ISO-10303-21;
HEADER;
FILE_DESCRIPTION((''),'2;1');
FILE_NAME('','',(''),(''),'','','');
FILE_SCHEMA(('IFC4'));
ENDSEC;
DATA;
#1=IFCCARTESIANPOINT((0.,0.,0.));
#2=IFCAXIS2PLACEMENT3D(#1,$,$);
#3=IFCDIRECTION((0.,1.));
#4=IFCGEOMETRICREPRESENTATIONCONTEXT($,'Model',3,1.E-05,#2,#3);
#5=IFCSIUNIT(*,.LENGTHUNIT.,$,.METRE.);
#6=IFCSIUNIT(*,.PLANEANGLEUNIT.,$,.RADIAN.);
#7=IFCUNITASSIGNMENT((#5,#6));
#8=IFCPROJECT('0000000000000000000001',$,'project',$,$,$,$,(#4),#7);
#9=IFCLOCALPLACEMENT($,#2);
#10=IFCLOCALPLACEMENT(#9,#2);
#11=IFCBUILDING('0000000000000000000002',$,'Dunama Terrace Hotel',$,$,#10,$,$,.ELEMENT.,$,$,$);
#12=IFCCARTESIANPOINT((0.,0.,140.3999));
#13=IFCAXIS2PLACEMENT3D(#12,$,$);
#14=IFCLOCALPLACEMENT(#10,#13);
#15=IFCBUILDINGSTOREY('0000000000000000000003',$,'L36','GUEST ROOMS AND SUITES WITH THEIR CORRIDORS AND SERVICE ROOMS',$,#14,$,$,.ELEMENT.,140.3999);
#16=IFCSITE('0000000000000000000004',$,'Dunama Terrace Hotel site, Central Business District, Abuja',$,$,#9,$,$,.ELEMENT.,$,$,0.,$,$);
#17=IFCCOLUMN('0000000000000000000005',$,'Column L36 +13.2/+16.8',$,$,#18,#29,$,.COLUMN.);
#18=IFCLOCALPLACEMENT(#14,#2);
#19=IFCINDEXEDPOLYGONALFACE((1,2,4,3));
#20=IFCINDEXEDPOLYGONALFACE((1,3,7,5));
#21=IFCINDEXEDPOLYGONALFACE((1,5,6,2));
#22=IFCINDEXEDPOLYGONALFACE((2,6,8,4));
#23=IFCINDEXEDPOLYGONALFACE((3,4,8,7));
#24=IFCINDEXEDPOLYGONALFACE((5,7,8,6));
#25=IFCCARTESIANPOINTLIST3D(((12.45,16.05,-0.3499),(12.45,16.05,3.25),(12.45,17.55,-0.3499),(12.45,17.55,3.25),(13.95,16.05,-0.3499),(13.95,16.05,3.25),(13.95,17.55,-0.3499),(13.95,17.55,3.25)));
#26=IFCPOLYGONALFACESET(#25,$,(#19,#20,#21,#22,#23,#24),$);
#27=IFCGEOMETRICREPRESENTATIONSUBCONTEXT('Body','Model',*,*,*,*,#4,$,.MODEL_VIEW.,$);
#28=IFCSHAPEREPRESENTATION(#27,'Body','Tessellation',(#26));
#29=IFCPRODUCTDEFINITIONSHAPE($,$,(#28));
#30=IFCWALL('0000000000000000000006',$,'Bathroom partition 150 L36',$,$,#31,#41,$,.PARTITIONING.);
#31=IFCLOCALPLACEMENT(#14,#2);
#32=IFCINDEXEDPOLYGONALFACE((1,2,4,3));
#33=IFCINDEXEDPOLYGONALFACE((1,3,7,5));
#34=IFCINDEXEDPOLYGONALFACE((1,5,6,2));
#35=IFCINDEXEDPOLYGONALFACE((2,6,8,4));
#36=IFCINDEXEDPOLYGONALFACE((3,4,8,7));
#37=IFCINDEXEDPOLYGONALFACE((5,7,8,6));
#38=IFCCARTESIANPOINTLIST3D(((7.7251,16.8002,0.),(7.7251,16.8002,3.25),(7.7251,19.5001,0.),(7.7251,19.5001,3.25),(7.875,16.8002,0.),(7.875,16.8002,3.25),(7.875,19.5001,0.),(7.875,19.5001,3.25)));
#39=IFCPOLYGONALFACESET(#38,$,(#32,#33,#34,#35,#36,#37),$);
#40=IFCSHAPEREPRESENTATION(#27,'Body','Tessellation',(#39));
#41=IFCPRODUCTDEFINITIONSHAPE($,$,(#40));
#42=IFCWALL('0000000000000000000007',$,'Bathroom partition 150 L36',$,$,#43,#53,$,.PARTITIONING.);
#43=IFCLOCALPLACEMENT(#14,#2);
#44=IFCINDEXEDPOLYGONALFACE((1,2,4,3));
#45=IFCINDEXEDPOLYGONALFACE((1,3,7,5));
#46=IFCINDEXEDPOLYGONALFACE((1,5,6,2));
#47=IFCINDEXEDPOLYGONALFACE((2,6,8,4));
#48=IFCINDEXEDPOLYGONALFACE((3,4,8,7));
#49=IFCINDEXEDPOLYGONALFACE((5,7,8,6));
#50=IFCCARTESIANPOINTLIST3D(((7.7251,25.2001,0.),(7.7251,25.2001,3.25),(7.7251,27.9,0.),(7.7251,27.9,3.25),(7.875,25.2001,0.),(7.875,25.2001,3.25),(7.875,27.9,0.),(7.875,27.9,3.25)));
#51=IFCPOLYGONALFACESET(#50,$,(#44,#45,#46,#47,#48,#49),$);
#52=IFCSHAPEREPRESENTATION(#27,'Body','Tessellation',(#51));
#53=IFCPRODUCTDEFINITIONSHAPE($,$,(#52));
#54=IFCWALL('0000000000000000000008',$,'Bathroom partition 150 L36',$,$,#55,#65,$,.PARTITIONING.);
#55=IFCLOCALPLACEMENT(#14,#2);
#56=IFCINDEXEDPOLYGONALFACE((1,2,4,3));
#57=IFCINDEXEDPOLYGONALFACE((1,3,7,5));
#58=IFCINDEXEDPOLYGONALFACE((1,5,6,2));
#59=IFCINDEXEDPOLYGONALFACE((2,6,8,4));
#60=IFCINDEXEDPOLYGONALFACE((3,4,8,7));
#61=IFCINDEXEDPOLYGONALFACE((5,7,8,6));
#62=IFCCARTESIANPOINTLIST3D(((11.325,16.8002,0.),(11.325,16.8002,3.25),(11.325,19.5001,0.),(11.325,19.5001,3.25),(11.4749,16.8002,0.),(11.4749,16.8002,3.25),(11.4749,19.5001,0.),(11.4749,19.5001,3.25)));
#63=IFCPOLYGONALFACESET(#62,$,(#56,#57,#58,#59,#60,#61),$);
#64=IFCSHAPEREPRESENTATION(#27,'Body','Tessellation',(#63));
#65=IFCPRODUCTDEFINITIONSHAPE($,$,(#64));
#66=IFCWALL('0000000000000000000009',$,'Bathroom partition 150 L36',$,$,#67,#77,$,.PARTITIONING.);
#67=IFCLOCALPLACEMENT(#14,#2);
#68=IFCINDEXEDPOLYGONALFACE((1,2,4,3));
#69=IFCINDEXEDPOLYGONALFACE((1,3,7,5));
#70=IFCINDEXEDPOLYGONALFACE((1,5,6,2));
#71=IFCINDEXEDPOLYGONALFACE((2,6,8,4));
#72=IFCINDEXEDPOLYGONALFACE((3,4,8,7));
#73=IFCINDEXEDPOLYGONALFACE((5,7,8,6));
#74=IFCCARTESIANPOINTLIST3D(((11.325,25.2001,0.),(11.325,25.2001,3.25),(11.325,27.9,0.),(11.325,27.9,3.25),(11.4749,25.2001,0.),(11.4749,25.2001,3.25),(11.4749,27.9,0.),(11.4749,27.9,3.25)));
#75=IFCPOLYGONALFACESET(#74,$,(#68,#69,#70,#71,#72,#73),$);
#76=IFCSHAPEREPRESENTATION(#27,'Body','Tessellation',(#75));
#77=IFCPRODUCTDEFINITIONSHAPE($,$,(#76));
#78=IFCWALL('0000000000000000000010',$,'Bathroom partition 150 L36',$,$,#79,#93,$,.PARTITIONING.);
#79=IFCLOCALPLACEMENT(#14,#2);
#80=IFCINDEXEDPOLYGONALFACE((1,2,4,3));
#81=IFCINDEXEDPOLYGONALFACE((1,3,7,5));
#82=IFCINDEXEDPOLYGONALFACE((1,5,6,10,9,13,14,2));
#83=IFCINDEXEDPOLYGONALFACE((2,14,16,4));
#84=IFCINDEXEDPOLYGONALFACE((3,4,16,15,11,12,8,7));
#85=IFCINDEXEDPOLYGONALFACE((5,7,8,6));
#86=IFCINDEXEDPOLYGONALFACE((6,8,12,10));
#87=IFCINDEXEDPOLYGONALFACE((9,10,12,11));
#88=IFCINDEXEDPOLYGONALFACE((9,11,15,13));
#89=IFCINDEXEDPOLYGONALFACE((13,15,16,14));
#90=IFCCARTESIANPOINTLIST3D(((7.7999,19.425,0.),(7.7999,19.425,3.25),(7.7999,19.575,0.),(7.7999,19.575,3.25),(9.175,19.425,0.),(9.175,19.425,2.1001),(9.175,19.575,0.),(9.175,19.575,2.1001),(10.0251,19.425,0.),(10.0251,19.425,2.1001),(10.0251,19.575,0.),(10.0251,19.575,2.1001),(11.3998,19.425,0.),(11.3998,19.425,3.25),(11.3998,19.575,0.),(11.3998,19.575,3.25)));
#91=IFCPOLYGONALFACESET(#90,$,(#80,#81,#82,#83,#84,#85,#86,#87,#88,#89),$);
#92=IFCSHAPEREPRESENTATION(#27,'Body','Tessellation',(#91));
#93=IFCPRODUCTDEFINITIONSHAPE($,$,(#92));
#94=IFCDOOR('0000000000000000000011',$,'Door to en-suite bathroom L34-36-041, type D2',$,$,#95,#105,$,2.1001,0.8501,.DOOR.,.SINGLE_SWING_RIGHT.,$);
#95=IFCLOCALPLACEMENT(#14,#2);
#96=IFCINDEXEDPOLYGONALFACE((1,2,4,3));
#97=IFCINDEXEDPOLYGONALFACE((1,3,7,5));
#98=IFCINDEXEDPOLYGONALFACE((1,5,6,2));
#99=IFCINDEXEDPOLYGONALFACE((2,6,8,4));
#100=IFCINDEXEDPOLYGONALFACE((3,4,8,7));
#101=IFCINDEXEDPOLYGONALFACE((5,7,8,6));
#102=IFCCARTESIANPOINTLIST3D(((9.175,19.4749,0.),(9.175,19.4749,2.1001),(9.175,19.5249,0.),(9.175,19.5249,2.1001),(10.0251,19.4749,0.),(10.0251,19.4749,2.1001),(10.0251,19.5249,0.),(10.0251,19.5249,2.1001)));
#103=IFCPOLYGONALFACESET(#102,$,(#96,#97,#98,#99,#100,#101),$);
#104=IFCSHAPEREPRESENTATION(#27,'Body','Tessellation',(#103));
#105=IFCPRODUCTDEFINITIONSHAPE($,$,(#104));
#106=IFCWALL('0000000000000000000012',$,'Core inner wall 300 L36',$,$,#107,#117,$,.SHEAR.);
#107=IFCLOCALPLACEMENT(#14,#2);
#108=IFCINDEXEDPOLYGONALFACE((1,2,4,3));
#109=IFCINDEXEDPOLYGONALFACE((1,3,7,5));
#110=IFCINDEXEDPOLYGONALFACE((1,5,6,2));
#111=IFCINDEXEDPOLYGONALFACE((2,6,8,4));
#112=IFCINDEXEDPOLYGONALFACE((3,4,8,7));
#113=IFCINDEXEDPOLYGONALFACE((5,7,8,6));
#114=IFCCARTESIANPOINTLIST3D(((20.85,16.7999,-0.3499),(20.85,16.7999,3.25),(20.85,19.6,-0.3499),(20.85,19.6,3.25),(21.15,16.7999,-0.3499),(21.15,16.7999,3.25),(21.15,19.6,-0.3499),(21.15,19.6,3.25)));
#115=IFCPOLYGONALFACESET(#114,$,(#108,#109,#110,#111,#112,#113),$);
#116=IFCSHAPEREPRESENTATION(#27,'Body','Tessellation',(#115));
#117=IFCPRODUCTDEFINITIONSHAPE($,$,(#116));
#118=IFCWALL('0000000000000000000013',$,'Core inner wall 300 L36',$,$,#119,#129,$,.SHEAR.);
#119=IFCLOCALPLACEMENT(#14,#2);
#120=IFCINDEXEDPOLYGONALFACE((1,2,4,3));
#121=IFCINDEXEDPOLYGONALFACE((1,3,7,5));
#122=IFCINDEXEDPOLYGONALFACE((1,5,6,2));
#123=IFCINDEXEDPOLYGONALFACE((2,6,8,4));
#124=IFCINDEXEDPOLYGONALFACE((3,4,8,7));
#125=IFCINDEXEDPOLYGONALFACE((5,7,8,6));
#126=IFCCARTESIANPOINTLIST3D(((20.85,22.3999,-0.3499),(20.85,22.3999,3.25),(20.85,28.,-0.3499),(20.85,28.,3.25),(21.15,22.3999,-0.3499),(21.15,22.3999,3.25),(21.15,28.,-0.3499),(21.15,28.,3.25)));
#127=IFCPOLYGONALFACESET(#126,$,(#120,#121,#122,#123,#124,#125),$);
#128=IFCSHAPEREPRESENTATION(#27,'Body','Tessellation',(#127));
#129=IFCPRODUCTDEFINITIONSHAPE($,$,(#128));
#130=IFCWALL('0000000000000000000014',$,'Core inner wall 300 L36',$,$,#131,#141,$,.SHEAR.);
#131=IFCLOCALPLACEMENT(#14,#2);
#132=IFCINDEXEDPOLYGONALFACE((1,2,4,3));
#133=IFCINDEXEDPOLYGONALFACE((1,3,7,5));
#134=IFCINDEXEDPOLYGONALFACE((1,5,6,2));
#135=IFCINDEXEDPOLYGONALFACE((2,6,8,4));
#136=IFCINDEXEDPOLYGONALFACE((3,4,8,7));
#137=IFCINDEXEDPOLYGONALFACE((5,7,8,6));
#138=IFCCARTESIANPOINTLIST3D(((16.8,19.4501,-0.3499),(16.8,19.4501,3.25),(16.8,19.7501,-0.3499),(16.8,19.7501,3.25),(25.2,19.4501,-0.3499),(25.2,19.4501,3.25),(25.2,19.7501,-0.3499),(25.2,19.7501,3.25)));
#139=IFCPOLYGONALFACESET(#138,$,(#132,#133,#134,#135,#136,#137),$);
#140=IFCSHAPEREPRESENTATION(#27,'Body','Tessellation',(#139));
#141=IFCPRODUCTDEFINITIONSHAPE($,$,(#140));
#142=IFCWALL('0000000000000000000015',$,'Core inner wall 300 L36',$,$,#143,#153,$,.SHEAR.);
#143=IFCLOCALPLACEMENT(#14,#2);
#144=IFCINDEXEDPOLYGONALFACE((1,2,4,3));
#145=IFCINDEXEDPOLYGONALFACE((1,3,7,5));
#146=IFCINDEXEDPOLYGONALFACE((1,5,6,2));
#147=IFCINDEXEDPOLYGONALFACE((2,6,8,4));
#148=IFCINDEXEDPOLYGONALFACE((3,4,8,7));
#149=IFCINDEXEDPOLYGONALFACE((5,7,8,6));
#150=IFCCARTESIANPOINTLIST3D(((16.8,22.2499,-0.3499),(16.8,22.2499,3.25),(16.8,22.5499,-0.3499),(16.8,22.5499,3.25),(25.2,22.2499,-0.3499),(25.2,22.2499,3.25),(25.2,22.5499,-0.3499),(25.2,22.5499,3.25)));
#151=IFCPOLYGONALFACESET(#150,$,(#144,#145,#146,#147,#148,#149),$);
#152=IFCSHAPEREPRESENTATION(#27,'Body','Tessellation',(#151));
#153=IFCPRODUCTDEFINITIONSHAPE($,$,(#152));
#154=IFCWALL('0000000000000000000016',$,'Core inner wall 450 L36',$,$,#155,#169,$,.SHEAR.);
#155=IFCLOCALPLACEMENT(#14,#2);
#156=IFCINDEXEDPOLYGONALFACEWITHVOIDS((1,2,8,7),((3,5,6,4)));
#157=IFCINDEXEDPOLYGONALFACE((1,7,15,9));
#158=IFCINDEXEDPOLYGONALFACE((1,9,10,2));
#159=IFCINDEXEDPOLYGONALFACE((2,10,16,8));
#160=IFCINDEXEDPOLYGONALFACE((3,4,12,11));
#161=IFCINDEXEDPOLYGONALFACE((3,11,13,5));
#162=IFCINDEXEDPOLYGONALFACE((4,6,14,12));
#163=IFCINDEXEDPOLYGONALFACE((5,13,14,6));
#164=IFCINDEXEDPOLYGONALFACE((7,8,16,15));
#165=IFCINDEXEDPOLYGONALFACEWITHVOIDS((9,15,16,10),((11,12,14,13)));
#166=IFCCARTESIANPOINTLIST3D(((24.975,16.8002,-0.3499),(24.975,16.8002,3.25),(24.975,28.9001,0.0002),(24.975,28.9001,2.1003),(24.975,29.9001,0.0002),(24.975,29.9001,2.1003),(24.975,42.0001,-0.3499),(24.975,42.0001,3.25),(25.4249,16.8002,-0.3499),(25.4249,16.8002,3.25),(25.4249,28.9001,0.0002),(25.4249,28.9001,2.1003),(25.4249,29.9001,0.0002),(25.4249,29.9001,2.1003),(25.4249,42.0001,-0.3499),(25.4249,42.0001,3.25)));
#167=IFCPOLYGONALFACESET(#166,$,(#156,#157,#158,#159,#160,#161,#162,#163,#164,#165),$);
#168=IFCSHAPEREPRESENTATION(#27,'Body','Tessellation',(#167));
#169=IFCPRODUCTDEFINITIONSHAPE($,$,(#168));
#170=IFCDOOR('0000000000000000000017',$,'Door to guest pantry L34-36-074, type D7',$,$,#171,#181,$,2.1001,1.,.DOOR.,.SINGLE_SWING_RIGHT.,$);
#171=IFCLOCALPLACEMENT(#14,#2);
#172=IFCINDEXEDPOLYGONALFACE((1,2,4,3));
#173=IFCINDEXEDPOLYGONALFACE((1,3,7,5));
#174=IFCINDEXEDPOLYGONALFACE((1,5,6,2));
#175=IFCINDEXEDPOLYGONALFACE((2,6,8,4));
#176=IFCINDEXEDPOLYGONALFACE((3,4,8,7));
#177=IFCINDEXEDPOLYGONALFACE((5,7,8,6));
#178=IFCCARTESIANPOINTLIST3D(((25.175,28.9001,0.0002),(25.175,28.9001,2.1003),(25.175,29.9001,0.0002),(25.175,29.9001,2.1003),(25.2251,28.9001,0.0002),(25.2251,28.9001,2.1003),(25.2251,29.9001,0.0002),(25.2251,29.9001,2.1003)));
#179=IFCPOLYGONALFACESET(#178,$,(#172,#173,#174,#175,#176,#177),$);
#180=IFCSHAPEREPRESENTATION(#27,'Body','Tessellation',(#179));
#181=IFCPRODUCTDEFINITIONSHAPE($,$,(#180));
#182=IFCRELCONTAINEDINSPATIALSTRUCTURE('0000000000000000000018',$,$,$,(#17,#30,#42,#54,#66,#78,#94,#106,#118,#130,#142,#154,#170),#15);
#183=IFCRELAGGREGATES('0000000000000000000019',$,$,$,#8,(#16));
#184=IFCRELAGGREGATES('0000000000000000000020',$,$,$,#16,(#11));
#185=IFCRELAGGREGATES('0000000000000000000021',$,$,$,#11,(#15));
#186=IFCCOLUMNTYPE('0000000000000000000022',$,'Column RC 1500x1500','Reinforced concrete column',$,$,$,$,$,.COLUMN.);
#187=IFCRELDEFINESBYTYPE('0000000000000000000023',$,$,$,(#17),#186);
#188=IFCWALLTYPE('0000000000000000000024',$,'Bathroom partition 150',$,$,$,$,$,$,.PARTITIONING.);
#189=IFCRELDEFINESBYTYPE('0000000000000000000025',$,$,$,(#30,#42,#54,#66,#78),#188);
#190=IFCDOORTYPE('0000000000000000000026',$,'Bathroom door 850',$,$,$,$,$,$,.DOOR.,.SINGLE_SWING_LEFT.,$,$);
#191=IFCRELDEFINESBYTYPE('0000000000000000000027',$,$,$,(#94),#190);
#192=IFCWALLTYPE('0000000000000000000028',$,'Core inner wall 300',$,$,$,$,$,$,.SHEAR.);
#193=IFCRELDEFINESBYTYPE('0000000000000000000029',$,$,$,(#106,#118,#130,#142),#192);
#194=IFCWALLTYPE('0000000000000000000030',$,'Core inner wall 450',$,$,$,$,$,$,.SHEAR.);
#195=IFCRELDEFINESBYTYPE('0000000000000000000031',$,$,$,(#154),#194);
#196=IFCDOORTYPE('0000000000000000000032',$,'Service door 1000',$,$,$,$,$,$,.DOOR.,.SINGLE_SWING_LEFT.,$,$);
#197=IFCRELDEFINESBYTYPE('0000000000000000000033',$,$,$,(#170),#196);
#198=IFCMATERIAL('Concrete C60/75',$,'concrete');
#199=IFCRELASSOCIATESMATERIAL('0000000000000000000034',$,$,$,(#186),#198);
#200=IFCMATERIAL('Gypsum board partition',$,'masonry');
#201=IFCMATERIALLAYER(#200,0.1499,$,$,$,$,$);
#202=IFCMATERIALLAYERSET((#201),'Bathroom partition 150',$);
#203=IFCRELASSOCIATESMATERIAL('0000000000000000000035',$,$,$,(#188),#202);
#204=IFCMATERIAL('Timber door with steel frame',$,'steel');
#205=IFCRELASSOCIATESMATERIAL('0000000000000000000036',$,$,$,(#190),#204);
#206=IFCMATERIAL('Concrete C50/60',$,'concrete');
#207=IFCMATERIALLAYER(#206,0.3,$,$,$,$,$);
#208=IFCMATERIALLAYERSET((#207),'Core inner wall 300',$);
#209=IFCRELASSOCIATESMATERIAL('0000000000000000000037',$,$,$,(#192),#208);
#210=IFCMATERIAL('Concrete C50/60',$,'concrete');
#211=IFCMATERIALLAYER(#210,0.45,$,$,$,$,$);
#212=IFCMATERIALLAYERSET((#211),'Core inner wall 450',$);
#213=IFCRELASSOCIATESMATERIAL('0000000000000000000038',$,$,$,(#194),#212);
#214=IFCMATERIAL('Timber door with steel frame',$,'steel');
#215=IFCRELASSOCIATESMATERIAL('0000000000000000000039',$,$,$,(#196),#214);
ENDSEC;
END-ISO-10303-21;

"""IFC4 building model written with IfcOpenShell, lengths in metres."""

from ifc_helpers import new_model, si_unit, direction, frame, frame_2d, origin, origin_2d, place, context, subcontext, project, spatial, rectangle, extrude, material, layer, layer_set, material_profile, profile_set, type_object, element, fill, save


model = new_model("IFC4")

# Units and contexts
model_context = context("Model", 3, precision=1e-05, world=origin(), true_north=direction((0.0, 1.0)))
body_context = subcontext(model_context, "Body", "Model", "MODEL_VIEW")
ifc_project = project(units=[si_unit("LENGTHUNIT", "METRE"), si_unit("PLANEANGLEUNIT", "RADIAN")], contexts=[model_context])

# Site, building, storey
site_placement = place(None, origin())
site = spatial("IfcSite", under=ifc_project, at=site_placement, Name="Dunama Terrace Hotel site, Central Business District, Abuja", CompositionType="ELEMENT", RefElevation=0.0)
building_placement = place(site_placement, origin())
building = spatial("IfcBuilding", under=site, at=building_placement, Name="Dunama Terrace Hotel", CompositionType="ELEMENT")
storey_placement = place(building_placement, frame((0.0, 0.0, 140.3999)))
storey = spatial("IfcBuildingStorey", under=building, at=storey_placement, Name="L36", Description="GUEST ROOMS AND SUITES WITH THEIR CORRIDORS AND SERVICE ROOMS", CompositionType="ELEMENT", Elevation=140.3999)

# Column
ifc_material_1 = material(Name="Concrete C60/75", Category="concrete")
ifc_material_profile = material_profile(ifc_material_1, rectangle(XDim=1.5, YDim=1.5, at=origin_2d()), Name="RC 1500x1500")
ifc_profile_set = profile_set([ifc_material_profile], Name="Concrete C60/75")
column_type = type_object("IfcColumnType", Name="Column RC 1500x1500", Description="Reinforced concrete column", PredefinedType="COLUMN", material=ifc_profile_set)
column_placement = place(storey_placement, frame((13.2, 16.8, -0.3499), z_axis=(0.0, 0.0, 1.0), x_axis=(1.0, 0.0, 0.0)))
element("IfcColumn", 1, at=column_placement, inside=storey, type_object=column_type, Name="Column L36 +13.2/+16.8", PredefinedType="COLUMN", context=body_context, shape_type="SweptSolid", body=[
    extrude(rectangle(XDim=1.5, YDim=1.5, at=origin_2d()), origin(), (0.0, 0.0, 1.0), 3.5999),
])

# Walls
ifc_material_2 = material(Name="Gypsum board partition", Category="masonry")
ifc_layer_1 = layer(ifc_material_2, 0.1499)
ifc_layer_set_1 = layer_set([ifc_layer_1], Name="Bathroom partition 150")
wall_type_1 = type_object("IfcWallType", Name="Bathroom partition 150", PredefinedType="PARTITIONING", material=ifc_layer_set_1)
for number, where, z_axis, x_axis, name in (
    (2, (7.8, 16.8, 0.0), (0.0, 0.0, 1.0), (0.0, 1.0, 0.0), "Bathroom partition 150 L36"),
    (3, (7.8, 25.2, 0.0), (0.0, 0.0, 1.0), (0.0, 1.0, 0.0), "Bathroom partition 150 L36"),
    (4, (11.3999, 16.8, 0.0), (0.0, 0.0, 1.0), (0.0, 1.0, 0.0), "Bathroom partition 150 L36"),
    (5, (11.3999, 25.2, 0.0), (0.0, 0.0, 1.0), (0.0, 1.0, 0.0), "Bathroom partition 150 L36"),
):
    element("IfcWall", number, at=place(storey_placement, frame(where, z_axis=z_axis, x_axis=x_axis)), inside=storey, type_object=wall_type_1, Name=name, PredefinedType="PARTITIONING", context=body_context, shape_type="SweptSolid", body=[
        extrude(rectangle(XDim=2.7, YDim=0.1499, at=frame_2d((1.3501, 0.0))), origin(), (0.0, 0.0, 1.0), 3.25),
    ])

# Wall, opening, door
wall_1_placement = place(storey_placement, frame((7.8, 19.5, 0.0), z_axis=(0.0, 0.0, 1.0), x_axis=(1.0, 0.0, 0.0)))
wall_1 = element("IfcWall", 6, at=wall_1_placement, inside=storey, type_object=wall_type_1, Name="Bathroom partition 150 L36", PredefinedType="PARTITIONING", context=body_context, shape_type="SweptSolid", body=[
    extrude(rectangle(XDim=3.5999, YDim=0.1499, at=frame_2d((1.7998, 0.0))), origin(), (0.0, 0.0, 1.0), 3.25),
])
opening_1_placement = place(wall_1_placement, frame((1.375, 0.0, 0.0)))
opening_1 = element("IfcOpeningElement", 7, at=opening_1_placement, cuts=wall_1, PredefinedType="OPENING", context=body_context, shape_type="SweptSolid", body=[
    extrude(rectangle(XDim=0.8501, YDim=2.1001, at=frame_2d((0.425, 1.05))), frame((0.0, 0.085, 0.0), z_axis=(0.0, -1.0, 0.0), x_axis=(1.0, 0.0, 0.0)), (0.0, 0.0, 1.0), 0.1699),
])
ifc_material_3 = material(Name="Timber door with steel frame", Category="steel")
door_type_1 = type_object("IfcDoorType", Name="Bathroom door 850", OperationType="SINGLE_SWING_LEFT", PredefinedType="DOOR", material=ifc_material_3)
door_1_placement = place(opening_1_placement, frame((0.8501, 0.0, 0.0), z_axis=(0.0, 0.0, 1.0), x_axis=(-1.0, 0.0, 0.0)))
door_1 = element("IfcDoor", 8, at=door_1_placement, inside=storey, type_object=door_type_1, Name="Door to en-suite bathroom L34-36-041, type D2", OperationType="SINGLE_SWING_RIGHT", OverallHeight=2.1001, OverallWidth=0.8501, PredefinedType="DOOR", context=body_context, shape_type="SweptSolid", body=[
    extrude(rectangle(XDim=0.8501, YDim=2.1001, at=frame_2d((0.425, 1.05))), frame((0.0, 0.0251, 0.0), z_axis=(0.0, -1.0, 0.0), x_axis=(1.0, 0.0, 0.0)), (0.0, 0.0, 1.0), 0.05),
])
fill(opening_1, door_1)

# Walls
ifc_material_4 = material(Name="Concrete C50/60", Category="concrete")
ifc_layer_2 = layer(ifc_material_4, 0.3)
ifc_layer_set_2 = layer_set([ifc_layer_2], Name="Core inner wall 300")
wall_type_2 = type_object("IfcWallType", Name="Core inner wall 300", PredefinedType="SHEAR", material=ifc_layer_set_2)
wall_2_placement = place(storey_placement, frame((21.0, 16.8, -0.3499), z_axis=(0.0, 0.0, 1.0), x_axis=(0.0, 1.0, 0.0)))
element("IfcWall", 9, at=wall_2_placement, inside=storey, type_object=wall_type_2, Name="Core inner wall 300 L36", PredefinedType="SHEAR", context=body_context, shape_type="SweptSolid", body=[
    extrude(rectangle(XDim=2.8, YDim=0.3, at=frame_2d((1.3999, 0.0))), origin(), (0.0, 0.0, 1.0), 3.5999),
])
wall_3_placement = place(storey_placement, frame((21.0, 22.3999, -0.3499), z_axis=(0.0, 0.0, 1.0), x_axis=(0.0, 1.0, 0.0)))
element("IfcWall", 10, at=wall_3_placement, inside=storey, type_object=wall_type_2, Name="Core inner wall 300 L36", PredefinedType="SHEAR", context=body_context, shape_type="SweptSolid", body=[
    extrude(rectangle(XDim=5.6001, YDim=0.3, at=frame_2d((2.8, 0.0))), origin(), (0.0, 0.0, 1.0), 3.5999),
])
for number, where, z_axis, x_axis, name in (
    (11, (16.8, 19.6001, -0.3499), (0.0, 0.0, 1.0), (1.0, 0.0, 0.0), "Core inner wall 300 L36"),
    (12, (16.8, 22.3999, -0.3499), (0.0, 0.0, 1.0), (1.0, 0.0, 0.0), "Core inner wall 300 L36"),
):
    element("IfcWall", number, at=place(storey_placement, frame(where, z_axis=z_axis, x_axis=x_axis)), inside=storey, type_object=wall_type_2, Name=name, PredefinedType="SHEAR", context=body_context, shape_type="SweptSolid", body=[
        extrude(rectangle(XDim=8.3999, YDim=0.3, at=frame_2d((4.2, 0.0))), origin(), (0.0, 0.0, 1.0), 3.5999),
    ])

# Wall, opening, door
ifc_material_5 = material(Name="Concrete C50/60", Category="concrete")
ifc_layer_3 = layer(ifc_material_5, 0.45)
ifc_layer_set_3 = layer_set([ifc_layer_3], Name="Core inner wall 450")
wall_type_3 = type_object("IfcWallType", Name="Core inner wall 450", PredefinedType="SHEAR", material=ifc_layer_set_3)
wall_4_placement = place(storey_placement, frame((25.2, 16.8, -0.3499), z_axis=(0.0, 0.0, 1.0), x_axis=(0.0, 1.0, 0.0)))
wall_4 = element("IfcWall", 13, at=wall_4_placement, inside=storey, type_object=wall_type_3, Name="Core inner wall 450 L36", PredefinedType="SHEAR", context=body_context, shape_type="SweptSolid", body=[
    extrude(rectangle(XDim=25.2, YDim=0.45, at=frame_2d((12.6001, 0.0))), origin(), (0.0, 0.0, 1.0), 3.5999),
])
opening_2_placement = place(wall_4_placement, frame((12.1001, 0.0, 0.3501)))
opening_2 = element("IfcOpeningElement", 14, at=opening_2_placement, cuts=wall_4, PredefinedType="OPENING", context=body_context, shape_type="SweptSolid", body=[
    extrude(rectangle(XDim=1.0, YDim=2.1001, at=frame_2d((0.5, 1.05))), frame((0.0, 0.2349, 0.0), z_axis=(0.0, -1.0, 0.0), x_axis=(1.0, 0.0, 0.0)), (0.0, 0.0, 1.0), 0.47),
])
ifc_material_6 = material(Name="Timber door with steel frame", Category="steel")
door_type_2 = type_object("IfcDoorType", Name="Service door 1000", OperationType="SINGLE_SWING_LEFT", PredefinedType="DOOR", material=ifc_material_6)
door_2_placement = place(opening_2_placement, frame((1.0, 0.0, 0.0), z_axis=(0.0, 0.0, 1.0), x_axis=(-1.0, 0.0, 0.0)))
door_2 = element("IfcDoor", 15, at=door_2_placement, inside=storey, type_object=door_type_2, Name="Door to guest pantry L34-36-074, type D7", OperationType="SINGLE_SWING_RIGHT", OverallHeight=2.1001, OverallWidth=1.0, PredefinedType="DOOR", context=body_context, shape_type="SweptSolid", body=[
    extrude(rectangle(XDim=1.0, YDim=2.1001, at=frame_2d((0.5, 1.05))), frame((0.0, 0.0251, 0.0), z_axis=(0.0, -1.0, 0.0), x_axis=(1.0, 0.0, 0.0)), (0.0, 0.0, 1.0), 0.05),
])
fill(opening_2, door_2)

save(model, "model.ifc")
